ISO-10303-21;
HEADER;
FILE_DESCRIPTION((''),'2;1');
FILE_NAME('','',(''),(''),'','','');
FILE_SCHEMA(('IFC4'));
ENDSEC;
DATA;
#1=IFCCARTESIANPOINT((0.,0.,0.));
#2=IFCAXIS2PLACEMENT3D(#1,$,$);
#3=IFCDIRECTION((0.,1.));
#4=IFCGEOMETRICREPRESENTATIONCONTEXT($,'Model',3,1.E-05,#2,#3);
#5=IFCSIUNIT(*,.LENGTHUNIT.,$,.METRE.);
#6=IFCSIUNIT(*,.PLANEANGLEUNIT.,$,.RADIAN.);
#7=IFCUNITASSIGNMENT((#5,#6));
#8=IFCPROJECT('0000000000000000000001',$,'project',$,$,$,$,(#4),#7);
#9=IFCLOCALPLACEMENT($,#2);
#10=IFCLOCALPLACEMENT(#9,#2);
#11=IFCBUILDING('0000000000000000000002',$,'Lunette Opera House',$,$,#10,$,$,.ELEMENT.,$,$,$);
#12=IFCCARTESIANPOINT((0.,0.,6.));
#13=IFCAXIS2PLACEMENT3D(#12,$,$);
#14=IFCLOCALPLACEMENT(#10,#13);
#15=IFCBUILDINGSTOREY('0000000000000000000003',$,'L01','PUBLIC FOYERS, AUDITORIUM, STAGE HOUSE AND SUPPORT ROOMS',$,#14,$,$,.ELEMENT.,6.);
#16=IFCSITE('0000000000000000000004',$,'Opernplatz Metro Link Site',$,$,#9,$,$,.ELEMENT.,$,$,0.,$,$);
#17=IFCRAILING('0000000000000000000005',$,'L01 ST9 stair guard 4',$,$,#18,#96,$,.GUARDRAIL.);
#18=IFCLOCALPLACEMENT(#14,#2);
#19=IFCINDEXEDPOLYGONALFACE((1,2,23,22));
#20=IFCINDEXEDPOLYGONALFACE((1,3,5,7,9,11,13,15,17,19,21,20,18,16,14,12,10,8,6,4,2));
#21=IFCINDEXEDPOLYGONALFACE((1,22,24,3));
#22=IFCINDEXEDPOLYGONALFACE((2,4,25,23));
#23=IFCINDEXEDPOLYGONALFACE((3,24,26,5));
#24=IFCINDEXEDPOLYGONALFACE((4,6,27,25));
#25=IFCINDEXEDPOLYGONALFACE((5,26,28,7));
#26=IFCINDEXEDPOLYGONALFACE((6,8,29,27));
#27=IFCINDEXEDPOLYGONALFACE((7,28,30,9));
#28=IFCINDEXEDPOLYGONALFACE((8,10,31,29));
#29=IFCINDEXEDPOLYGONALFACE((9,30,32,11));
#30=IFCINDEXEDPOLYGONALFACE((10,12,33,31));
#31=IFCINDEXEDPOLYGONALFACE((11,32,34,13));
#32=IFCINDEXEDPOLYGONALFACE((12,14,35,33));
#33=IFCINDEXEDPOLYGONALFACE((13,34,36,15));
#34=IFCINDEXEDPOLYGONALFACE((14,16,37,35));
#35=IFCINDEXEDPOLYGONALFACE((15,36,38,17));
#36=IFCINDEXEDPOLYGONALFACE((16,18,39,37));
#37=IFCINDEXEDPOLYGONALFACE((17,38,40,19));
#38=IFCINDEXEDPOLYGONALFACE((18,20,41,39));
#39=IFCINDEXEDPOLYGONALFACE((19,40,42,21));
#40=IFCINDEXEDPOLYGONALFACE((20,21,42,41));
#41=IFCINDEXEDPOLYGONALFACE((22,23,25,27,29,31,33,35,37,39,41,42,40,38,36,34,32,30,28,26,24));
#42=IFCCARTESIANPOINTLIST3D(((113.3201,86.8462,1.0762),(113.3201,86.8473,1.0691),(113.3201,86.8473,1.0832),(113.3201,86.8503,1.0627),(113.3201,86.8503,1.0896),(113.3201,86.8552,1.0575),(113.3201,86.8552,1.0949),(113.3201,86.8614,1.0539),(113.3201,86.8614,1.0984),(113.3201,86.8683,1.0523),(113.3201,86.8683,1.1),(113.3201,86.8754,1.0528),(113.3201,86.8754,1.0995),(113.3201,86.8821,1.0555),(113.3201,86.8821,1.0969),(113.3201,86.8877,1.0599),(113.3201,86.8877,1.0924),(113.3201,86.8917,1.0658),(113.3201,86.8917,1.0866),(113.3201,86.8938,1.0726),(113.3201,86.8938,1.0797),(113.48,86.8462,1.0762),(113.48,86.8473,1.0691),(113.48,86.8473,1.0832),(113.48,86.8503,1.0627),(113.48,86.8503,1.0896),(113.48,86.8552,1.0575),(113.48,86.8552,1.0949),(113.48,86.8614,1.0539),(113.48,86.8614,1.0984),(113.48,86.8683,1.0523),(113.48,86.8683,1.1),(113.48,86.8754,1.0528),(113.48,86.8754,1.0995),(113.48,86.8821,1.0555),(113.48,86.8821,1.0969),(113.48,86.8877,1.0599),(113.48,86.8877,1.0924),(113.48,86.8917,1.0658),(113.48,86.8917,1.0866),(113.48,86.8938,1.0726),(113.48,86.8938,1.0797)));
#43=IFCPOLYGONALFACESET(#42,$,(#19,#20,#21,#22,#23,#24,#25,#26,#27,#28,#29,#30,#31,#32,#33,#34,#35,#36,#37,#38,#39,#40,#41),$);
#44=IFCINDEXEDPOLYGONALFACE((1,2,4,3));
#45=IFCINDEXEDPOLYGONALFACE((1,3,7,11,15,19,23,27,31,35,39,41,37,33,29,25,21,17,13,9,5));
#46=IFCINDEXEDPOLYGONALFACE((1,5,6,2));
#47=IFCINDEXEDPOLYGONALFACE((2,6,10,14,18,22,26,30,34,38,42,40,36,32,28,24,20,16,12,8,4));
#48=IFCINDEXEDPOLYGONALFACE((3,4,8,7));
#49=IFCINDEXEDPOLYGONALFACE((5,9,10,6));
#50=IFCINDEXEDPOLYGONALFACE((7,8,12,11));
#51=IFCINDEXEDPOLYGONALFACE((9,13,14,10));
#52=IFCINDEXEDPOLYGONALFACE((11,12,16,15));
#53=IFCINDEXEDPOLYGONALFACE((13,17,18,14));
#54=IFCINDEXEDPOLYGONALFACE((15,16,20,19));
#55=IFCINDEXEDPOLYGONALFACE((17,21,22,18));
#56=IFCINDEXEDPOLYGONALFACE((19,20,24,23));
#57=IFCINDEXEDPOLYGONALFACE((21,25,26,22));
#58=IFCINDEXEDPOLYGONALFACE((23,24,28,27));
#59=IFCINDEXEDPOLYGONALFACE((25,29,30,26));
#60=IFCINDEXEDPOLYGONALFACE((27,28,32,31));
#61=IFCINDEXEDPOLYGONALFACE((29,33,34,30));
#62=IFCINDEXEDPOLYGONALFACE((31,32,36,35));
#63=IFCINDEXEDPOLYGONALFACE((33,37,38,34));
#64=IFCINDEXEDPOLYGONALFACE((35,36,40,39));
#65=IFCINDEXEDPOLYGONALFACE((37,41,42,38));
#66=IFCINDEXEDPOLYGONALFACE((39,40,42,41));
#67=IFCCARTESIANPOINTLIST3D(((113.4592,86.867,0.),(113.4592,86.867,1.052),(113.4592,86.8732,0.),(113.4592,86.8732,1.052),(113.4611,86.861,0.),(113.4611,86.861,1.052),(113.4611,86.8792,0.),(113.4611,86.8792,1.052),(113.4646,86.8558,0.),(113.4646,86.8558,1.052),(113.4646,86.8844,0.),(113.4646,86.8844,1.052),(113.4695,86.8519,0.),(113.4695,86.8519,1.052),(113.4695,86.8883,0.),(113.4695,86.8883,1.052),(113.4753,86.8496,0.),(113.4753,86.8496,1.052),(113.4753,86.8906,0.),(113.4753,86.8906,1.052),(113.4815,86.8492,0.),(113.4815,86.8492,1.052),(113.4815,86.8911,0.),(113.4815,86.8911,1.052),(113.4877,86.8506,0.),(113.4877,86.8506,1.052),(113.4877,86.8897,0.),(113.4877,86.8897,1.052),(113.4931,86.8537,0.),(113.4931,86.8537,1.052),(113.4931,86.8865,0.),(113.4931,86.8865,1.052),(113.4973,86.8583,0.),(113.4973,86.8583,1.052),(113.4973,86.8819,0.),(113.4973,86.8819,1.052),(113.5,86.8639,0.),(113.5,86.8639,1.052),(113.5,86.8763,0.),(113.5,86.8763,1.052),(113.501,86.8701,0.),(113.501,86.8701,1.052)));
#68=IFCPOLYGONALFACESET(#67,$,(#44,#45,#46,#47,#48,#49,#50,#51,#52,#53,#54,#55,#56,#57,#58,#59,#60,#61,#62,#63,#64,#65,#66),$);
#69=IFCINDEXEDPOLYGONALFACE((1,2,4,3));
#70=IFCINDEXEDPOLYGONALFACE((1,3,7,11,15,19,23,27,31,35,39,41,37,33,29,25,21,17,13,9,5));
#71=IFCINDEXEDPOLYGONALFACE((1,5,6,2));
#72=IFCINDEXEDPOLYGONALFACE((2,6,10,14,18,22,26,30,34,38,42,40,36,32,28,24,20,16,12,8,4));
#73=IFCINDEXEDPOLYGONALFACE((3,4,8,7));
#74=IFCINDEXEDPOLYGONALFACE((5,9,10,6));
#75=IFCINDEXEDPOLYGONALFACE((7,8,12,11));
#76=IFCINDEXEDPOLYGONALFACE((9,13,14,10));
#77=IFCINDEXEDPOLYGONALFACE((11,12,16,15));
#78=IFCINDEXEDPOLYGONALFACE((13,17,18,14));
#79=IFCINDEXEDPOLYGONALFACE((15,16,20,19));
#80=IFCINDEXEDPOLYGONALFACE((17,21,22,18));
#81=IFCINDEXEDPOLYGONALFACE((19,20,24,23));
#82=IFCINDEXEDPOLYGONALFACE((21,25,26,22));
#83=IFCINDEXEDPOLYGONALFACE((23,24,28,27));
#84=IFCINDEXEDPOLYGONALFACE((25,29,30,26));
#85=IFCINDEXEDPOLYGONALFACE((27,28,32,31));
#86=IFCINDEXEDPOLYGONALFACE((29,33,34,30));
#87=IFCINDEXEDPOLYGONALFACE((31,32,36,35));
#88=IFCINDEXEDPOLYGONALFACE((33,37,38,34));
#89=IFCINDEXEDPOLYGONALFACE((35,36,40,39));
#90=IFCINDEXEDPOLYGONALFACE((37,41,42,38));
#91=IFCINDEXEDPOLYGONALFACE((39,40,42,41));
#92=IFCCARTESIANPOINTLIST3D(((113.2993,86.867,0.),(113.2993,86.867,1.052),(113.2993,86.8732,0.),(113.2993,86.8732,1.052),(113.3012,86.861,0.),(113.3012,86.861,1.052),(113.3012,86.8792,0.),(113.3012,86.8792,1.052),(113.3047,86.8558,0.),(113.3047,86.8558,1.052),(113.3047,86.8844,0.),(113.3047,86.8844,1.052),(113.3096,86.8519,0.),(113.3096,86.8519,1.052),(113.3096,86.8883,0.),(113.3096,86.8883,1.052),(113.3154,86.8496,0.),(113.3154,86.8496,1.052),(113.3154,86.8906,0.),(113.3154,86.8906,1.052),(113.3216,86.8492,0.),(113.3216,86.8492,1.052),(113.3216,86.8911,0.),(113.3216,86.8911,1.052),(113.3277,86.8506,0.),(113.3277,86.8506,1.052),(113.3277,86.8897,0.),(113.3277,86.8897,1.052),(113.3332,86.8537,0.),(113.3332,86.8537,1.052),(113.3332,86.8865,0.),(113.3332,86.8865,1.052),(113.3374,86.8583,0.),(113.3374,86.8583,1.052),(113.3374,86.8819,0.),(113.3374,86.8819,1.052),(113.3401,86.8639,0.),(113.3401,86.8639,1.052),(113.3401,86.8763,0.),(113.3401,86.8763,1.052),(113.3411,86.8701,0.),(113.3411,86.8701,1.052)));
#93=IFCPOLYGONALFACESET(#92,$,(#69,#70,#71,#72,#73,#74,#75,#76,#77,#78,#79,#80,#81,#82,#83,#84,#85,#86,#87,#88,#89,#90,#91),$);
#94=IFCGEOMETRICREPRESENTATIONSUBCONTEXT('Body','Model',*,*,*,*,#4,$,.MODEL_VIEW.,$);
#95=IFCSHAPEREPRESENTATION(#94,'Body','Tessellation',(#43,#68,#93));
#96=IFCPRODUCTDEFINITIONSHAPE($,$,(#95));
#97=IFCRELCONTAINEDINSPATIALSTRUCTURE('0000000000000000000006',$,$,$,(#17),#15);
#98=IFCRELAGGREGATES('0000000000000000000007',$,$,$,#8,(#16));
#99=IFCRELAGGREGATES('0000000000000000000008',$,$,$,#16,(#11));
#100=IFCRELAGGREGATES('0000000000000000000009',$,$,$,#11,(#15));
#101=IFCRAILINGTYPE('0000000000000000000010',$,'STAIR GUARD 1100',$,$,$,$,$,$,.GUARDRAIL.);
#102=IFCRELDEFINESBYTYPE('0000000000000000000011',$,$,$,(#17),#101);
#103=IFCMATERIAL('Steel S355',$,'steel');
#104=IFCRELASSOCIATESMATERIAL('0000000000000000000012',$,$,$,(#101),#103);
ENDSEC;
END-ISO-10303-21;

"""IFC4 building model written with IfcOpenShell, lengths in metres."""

from ifc_helpers import new_model, si_unit, direction, frame, origin, origin_2d, place, context, subcontext, project, spatial, circle, extrude, material, type_object, element, save


model = new_model("IFC4")

# Units and contexts
model_context = context("Model", 3, precision=1e-05, world=origin(), true_north=direction((0.0, 1.0)))
body_context = subcontext(model_context, "Body", "Model", "MODEL_VIEW")
ifc_project = project(units=[si_unit("LENGTHUNIT", "METRE"), si_unit("PLANEANGLEUNIT", "RADIAN")], contexts=[model_context])

# Site, building, storey
site_placement = place(None, origin())
site = spatial("IfcSite", under=ifc_project, at=site_placement, Name="Opernplatz Metro Link Site", CompositionType="ELEMENT", RefElevation=0.0)
building_placement = place(site_placement, origin())
building = spatial("IfcBuilding", under=site, at=building_placement, Name="Lunette Opera House", CompositionType="ELEMENT")
storey_placement = place(building_placement, frame((0.0, 0.0, 6.0)))
storey = spatial("IfcBuildingStorey", under=building, at=storey_placement, Name="L01", Description="PUBLIC FOYERS, AUDITORIUM, STAGE HOUSE AND SUPPORT ROOMS", CompositionType="ELEMENT", Elevation=6.0)

# Railing
ifc_material_1 = material(Name="Steel S355", Category="steel")
railing_type_1 = type_object("IfcRailingType", Name="STAIR GUARD 1100", PredefinedType="GUARDRAIL", material=ifc_material_1)
railing_1_placement = place(storey_placement, frame((113.48, 86.8701, 0.0)))
element("IfcRailing", 1, at=railing_1_placement, inside=storey, type_object=railing_type_1, Name="L01 ST9 stair guard 4", PredefinedType="GUARDRAIL", context=body_context, shape_type="SweptSolid", body=[
    extrude(circle(Radius=0.0239, at=origin_2d()), frame((0.0, 0.0, 1.0762), z_axis=(-1.0, 0.0, 0.0), x_axis=(0.0, -1.0, 0.0)), (0.0, 0.0, 1.0), 0.1599),
    extrude(circle(Radius=0.021, at=origin_2d()), origin(), (0.0, 0.0, 1.0), 1.052),
    extrude(circle(Radius=0.021, at=origin_2d()), frame((-0.1599, 0.0, 0.0)), (0.0, 0.0, 1.0), 1.052),
])

save(model, "model.ifc")
